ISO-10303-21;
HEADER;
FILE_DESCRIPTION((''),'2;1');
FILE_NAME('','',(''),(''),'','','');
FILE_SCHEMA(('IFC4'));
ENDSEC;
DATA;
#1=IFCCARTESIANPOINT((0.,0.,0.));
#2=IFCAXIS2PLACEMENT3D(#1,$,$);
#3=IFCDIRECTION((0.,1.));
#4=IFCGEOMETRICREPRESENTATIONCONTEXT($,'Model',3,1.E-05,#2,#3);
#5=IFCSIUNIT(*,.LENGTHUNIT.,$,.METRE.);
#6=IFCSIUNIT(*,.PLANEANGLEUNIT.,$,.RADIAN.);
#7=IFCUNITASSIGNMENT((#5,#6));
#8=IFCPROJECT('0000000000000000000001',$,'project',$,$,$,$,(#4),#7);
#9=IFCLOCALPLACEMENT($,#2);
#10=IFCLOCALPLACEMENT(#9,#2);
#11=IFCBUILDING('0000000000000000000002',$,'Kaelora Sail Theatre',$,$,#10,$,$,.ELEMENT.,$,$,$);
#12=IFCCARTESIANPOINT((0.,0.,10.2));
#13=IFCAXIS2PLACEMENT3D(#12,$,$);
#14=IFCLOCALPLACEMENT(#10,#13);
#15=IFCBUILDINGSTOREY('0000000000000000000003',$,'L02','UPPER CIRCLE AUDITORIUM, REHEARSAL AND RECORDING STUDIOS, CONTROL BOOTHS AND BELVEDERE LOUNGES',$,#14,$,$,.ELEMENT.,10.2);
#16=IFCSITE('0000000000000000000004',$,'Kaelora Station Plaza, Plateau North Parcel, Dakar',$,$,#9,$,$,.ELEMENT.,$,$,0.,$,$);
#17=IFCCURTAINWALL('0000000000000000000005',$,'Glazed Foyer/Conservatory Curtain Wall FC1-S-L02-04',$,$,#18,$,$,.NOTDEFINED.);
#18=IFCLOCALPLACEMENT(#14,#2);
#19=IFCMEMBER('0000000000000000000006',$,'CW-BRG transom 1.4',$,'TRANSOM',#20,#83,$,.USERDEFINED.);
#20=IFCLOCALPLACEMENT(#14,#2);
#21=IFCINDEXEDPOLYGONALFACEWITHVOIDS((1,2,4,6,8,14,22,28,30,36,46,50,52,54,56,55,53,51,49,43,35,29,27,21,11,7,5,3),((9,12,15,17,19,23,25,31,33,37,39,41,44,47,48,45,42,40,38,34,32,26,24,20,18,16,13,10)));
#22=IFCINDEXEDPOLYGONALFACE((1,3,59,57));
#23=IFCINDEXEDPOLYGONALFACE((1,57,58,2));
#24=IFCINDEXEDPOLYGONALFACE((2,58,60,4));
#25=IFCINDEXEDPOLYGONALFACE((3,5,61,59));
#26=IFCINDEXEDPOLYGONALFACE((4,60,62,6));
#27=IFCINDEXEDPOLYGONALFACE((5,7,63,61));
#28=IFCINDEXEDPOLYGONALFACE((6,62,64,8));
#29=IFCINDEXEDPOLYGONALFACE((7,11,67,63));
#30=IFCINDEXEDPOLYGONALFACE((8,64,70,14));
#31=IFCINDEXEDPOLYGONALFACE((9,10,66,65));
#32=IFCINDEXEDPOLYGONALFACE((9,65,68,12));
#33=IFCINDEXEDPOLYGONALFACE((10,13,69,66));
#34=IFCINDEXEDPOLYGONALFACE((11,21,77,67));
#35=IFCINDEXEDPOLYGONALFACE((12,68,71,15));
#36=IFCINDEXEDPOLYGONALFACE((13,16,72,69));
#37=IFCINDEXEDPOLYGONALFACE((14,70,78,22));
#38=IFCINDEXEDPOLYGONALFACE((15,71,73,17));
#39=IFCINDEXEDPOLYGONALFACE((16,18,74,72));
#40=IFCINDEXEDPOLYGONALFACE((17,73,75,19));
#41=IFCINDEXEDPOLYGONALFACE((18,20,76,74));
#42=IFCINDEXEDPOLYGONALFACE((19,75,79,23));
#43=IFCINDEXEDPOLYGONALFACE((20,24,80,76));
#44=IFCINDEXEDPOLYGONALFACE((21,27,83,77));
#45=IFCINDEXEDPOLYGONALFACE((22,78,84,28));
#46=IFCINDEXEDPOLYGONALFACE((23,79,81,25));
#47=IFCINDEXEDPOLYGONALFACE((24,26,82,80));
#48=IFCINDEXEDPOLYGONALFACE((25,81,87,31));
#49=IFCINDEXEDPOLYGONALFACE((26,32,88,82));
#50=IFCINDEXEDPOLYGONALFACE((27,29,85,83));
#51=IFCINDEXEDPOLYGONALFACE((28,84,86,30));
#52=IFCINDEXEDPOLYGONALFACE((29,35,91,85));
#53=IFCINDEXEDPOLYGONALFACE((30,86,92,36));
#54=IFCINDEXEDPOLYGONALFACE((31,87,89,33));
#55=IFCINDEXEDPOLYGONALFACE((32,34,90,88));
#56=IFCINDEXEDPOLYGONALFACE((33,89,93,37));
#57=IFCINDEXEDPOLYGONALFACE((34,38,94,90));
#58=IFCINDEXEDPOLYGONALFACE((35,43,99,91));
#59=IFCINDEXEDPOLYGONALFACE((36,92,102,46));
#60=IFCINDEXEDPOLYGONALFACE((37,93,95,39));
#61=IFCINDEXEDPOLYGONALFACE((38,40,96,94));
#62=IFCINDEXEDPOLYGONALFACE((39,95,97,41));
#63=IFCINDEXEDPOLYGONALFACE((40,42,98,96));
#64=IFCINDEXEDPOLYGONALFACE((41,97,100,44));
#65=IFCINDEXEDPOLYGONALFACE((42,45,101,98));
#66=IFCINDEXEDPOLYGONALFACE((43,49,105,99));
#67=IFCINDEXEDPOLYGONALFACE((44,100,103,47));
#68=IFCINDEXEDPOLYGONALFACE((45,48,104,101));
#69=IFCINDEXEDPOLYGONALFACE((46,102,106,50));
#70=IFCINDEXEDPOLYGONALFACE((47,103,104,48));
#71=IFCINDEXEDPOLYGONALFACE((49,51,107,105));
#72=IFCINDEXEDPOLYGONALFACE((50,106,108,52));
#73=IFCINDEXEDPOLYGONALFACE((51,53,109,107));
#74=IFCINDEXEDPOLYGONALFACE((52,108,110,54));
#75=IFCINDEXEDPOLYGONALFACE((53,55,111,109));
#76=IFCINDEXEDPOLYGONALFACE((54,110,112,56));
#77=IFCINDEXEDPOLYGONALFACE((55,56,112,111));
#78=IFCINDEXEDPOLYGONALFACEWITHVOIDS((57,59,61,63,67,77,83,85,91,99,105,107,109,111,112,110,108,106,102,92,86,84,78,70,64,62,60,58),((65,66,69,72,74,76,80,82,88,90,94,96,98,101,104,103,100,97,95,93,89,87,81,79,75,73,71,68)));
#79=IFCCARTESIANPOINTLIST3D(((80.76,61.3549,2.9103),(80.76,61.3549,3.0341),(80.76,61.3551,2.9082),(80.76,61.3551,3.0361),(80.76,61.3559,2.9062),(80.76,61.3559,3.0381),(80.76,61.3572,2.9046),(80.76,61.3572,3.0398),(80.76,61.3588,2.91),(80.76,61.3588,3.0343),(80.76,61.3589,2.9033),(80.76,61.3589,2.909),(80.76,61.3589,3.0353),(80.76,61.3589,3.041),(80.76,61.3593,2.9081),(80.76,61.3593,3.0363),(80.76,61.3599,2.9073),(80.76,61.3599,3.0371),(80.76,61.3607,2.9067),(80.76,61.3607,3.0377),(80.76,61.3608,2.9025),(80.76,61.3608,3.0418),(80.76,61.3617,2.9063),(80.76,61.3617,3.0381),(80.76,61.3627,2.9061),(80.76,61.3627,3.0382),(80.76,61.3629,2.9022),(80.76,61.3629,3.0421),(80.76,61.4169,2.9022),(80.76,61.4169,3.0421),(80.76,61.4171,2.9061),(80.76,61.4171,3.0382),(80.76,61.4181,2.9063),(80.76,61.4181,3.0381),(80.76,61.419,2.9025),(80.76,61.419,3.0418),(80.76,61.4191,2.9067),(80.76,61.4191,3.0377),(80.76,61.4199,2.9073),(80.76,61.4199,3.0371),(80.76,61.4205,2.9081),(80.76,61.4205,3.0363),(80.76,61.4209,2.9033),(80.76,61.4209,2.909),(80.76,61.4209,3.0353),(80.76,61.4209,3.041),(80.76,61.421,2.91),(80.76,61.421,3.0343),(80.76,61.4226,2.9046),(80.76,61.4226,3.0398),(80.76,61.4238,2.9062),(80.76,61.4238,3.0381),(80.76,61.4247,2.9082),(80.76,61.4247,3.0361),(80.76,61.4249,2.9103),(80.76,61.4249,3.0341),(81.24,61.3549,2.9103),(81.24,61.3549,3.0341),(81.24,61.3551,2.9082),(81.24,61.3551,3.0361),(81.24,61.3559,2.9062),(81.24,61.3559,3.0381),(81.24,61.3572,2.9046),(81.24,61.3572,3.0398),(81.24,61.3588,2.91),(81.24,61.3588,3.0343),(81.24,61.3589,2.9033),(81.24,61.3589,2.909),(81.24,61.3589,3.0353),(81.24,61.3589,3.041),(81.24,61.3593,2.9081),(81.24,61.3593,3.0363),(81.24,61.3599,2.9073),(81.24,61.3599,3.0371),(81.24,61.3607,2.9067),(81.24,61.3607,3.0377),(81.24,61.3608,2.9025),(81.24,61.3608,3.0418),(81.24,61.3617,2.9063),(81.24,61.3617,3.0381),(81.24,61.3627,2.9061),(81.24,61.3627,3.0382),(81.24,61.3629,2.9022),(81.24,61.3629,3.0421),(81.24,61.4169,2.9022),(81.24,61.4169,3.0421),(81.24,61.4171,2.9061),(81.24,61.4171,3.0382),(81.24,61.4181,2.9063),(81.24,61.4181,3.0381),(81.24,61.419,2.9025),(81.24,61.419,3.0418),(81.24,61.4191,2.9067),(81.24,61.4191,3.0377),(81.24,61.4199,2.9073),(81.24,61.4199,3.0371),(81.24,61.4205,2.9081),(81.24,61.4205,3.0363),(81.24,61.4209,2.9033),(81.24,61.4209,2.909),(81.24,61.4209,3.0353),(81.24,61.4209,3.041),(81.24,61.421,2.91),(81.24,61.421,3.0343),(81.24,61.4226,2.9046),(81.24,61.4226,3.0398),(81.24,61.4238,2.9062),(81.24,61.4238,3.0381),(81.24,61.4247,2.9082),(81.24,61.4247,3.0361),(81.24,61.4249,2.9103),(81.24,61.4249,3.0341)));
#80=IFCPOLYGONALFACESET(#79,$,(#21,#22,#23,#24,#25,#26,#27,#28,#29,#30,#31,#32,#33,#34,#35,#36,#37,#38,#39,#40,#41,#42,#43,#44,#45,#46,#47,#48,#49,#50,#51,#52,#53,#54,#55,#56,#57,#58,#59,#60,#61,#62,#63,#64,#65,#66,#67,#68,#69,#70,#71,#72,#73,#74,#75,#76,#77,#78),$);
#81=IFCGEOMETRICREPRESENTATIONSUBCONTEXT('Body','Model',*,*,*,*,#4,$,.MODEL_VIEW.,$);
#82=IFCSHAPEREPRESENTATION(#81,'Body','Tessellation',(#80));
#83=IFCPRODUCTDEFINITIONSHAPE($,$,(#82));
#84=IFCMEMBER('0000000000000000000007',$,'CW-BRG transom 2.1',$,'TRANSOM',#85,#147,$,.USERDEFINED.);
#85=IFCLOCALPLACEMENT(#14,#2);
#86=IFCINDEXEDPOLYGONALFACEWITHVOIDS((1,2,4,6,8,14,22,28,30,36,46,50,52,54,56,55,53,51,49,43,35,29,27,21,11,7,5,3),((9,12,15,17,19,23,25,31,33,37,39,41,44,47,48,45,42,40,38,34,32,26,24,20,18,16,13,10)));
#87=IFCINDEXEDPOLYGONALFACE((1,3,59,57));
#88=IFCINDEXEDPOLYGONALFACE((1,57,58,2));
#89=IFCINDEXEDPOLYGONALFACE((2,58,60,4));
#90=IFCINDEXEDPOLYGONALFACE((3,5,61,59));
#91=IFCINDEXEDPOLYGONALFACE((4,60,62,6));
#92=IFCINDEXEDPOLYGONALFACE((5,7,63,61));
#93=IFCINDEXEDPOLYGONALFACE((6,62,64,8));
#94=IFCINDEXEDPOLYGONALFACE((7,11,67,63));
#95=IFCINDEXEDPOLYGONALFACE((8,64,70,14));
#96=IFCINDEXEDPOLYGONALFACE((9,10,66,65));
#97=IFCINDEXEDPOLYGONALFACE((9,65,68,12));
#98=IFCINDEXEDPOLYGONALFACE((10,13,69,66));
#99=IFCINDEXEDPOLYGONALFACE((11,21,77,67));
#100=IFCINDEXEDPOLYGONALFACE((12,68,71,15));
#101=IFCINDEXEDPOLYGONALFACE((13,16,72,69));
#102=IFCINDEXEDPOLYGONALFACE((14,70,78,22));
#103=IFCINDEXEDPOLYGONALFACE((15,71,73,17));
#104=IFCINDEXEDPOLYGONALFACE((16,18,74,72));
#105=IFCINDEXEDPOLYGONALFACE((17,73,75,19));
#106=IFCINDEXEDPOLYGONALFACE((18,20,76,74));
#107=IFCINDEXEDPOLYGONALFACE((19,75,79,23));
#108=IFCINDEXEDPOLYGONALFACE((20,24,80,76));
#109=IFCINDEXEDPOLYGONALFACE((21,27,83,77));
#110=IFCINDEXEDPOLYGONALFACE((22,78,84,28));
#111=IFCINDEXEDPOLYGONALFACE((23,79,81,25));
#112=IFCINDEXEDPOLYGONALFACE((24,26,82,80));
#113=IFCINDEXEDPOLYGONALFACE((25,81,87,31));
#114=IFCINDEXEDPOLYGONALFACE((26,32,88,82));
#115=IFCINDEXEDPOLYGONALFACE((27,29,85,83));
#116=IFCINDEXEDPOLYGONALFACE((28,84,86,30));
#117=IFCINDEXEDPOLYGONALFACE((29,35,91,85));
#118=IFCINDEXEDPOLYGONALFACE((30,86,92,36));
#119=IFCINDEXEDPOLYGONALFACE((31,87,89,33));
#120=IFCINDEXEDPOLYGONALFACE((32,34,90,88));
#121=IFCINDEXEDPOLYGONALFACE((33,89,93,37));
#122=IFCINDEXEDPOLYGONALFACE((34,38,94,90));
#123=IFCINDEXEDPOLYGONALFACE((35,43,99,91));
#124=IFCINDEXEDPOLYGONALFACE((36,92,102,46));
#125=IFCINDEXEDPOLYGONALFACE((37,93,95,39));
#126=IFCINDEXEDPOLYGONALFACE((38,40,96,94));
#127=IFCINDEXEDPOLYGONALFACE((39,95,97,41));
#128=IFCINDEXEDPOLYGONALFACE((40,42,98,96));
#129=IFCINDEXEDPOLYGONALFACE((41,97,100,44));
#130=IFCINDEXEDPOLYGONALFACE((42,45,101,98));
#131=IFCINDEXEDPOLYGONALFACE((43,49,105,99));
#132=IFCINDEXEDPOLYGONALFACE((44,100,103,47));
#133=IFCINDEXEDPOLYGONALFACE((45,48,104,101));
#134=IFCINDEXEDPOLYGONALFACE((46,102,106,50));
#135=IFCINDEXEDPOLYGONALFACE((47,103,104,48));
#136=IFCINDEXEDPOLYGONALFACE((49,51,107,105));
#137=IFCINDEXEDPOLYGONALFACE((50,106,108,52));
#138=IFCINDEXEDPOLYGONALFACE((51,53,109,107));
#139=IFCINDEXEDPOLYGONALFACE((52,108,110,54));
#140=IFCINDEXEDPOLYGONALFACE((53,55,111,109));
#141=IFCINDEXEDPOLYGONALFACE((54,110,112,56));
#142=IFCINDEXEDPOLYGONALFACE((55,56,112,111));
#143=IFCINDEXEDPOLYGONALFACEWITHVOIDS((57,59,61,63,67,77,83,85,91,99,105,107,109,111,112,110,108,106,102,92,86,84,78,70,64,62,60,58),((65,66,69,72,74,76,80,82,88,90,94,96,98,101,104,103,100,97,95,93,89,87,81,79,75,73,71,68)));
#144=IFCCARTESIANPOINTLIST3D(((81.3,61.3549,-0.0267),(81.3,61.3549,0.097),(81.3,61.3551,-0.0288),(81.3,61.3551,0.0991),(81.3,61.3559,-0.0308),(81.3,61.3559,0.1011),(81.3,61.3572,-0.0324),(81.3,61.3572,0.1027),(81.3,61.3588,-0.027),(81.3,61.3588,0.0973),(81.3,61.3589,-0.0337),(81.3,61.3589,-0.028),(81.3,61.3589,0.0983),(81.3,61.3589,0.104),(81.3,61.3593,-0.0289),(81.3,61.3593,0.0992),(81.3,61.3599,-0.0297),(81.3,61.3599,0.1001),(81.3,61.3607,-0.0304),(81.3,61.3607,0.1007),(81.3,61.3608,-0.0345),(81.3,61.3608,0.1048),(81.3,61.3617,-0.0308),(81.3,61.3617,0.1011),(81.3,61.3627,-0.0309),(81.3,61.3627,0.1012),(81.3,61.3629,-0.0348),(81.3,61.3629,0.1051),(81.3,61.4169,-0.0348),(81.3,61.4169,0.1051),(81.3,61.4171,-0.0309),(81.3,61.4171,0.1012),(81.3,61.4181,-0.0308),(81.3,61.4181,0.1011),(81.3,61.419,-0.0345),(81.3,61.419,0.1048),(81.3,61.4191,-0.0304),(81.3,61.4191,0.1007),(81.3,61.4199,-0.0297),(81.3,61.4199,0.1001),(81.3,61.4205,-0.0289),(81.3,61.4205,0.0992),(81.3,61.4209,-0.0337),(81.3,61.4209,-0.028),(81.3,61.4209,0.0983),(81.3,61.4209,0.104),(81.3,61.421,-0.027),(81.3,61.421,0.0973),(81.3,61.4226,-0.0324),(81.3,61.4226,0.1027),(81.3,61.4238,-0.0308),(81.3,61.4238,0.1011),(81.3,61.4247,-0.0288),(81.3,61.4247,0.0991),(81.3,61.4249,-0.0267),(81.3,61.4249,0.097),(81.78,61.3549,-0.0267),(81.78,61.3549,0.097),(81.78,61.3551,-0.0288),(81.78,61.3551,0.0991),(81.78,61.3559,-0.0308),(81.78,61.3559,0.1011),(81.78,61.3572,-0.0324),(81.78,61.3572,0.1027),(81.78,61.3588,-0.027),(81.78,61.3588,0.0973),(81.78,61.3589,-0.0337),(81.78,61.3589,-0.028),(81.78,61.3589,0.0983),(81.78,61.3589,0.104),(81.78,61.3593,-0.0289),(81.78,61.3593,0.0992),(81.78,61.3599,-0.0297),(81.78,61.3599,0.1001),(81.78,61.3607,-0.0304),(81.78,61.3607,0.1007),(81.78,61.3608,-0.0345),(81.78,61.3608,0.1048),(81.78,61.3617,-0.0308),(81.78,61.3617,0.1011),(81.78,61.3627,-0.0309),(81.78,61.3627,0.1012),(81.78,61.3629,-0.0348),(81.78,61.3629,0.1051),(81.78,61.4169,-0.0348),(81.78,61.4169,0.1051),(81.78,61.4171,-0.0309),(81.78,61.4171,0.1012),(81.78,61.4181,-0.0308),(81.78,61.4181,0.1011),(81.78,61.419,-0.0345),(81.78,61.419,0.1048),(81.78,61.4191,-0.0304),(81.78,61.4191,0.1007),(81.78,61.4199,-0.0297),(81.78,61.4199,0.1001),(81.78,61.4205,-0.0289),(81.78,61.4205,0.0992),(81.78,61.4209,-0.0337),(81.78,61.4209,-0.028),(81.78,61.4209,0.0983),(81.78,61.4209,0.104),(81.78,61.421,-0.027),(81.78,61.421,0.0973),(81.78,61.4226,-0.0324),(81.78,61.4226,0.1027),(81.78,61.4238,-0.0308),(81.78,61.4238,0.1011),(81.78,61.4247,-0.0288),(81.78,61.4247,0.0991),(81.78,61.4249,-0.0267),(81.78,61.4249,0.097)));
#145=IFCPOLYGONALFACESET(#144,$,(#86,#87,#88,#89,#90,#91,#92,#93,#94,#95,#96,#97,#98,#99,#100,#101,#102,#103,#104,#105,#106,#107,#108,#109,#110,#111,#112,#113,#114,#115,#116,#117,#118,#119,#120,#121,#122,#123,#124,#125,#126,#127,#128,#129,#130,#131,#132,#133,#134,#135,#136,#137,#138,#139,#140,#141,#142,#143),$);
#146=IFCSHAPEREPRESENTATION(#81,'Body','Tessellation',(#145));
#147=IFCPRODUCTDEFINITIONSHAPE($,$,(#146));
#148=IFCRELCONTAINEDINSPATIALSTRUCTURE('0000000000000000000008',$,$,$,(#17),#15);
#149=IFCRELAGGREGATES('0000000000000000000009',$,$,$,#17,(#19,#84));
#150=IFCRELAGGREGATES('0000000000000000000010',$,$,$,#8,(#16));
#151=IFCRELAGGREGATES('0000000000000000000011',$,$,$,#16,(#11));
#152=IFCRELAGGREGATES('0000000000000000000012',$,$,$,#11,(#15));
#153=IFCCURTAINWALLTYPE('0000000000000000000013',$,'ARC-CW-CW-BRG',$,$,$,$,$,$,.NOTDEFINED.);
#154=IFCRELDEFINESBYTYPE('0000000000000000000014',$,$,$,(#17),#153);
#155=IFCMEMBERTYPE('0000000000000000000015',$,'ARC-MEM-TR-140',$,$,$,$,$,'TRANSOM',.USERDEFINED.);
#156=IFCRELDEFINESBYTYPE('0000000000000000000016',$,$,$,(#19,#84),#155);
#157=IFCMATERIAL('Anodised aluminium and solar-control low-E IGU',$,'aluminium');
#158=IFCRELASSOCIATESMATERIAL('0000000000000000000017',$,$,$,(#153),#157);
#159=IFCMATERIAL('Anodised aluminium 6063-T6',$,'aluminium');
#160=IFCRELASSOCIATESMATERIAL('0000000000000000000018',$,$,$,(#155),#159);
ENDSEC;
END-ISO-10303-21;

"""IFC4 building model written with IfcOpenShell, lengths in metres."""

from ifc_helpers import new_model, si_unit, direction, frame, origin, origin_2d, place, context, subcontext, project, spatial, hollow_rectangle, extrude, material, material_profile, profile_set, type_object, element, aggregate, save


model = new_model("IFC4")

# Units and contexts
model_context = context("Model", 3, precision=1e-05, world=origin(), true_north=direction((0.0, 1.0)))
body_context = subcontext(model_context, "Body", "Model", "MODEL_VIEW")
ifc_project = project(units=[si_unit("LENGTHUNIT", "METRE"), si_unit("PLANEANGLEUNIT", "RADIAN")], contexts=[model_context])

# Site, building, storey
site_placement = place(None, origin())
site = spatial("IfcSite", under=ifc_project, at=site_placement, Name="Kaelora Station Plaza, Plateau North Parcel, Dakar", CompositionType="ELEMENT", RefElevation=0.0)
building_placement = place(site_placement, origin())
building = spatial("IfcBuilding", under=site, at=building_placement, Name="Kaelora Sail Theatre", CompositionType="ELEMENT")
storey_placement = place(building_placement, frame((0.0, 0.0, 10.2)))
storey = spatial("IfcBuildingStorey", under=building, at=storey_placement, Name="L02", Description="UPPER CIRCLE AUDITORIUM, REHEARSAL AND RECORDING STUDIOS, CONTROL BOOTHS AND BELVEDERE LOUNGES", CompositionType="ELEMENT", Elevation=10.2)

# Shared definitions
ifc_material_1 = material(Name="Anodised aluminium and solar-control low-E IGU", Category="aluminium")
curtain_wall_type = type_object("IfcCurtainWallType", Name="ARC-CW-CW-BRG", PredefinedType="NOTDEFINED", material=ifc_material_1)

# Curtain wall
curtain_wall_1_placement = place(storey_placement, origin())
curtain_wall_1 = element("IfcCurtainWall", 1, at=curtain_wall_1_placement, inside=storey, type_object=curtain_wall_type, Name="Glazed Foyer/Conservatory Curtain Wall FC1-S-L02-04", PredefinedType="NOTDEFINED")

# Members
ifc_material_2 = material(Name="Anodised aluminium 6063-T6", Category="aluminium")
ifc_material_profile_1 = material_profile(ifc_material_2, hollow_rectangle(XDim=0.0701, YDim=0.1399, WallThickness=0.0039, InnerFilletRadius=0.0039, OuterFilletRadius=0.0081, at=origin_2d()), Name="ALU-TRAN 70x140x4")
ifc_profile_set_1 = profile_set([ifc_material_profile_1], Name="Anodised aluminium 6063-T6")
member_type_1 = type_object("IfcMemberType", Name="ARC-MEM-TR-140", ElementType="TRANSOM", PredefinedType="USERDEFINED", material=ifc_profile_set_1)
member_1_placement = place(storey_placement, frame((80.76, 61.3899, 2.9722), z_axis=(1.0, 0.0, 0.0), x_axis=(0.0, 1.0, 0.0)))
member_1 = element("IfcMember", 2, at=member_1_placement, type_object=member_type_1, Name="CW-BRG transom 1.4", ObjectType="TRANSOM", PredefinedType="USERDEFINED", context=body_context, shape_type="SweptSolid", body=[
    extrude(hollow_rectangle(XDim=0.0701, YDim=0.1399, WallThickness=0.0039, InnerFilletRadius=0.0039, OuterFilletRadius=0.0081, at=origin_2d()), origin(), (0.0, 0.0, 1.0), 0.48),
])
member_2_placement = place(storey_placement, frame((81.3, 61.3899, 0.0352), z_axis=(1.0, 0.0, 0.0), x_axis=(0.0, 1.0, 0.0)))
member_2 = element("IfcMember", 3, at=member_2_placement, type_object=member_type_1, Name="CW-BRG transom 2.1", ObjectType="TRANSOM", PredefinedType="USERDEFINED", context=body_context, shape_type="SweptSolid", body=[
    extrude(hollow_rectangle(XDim=0.0701, YDim=0.1399, WallThickness=0.0039, InnerFilletRadius=0.0039, OuterFilletRadius=0.0081, at=origin_2d()), origin(), (0.0, 0.0, 1.0), 0.48),
])

aggregate(curtain_wall_1, [member_1, member_2])

save(model, "model.ifc")
